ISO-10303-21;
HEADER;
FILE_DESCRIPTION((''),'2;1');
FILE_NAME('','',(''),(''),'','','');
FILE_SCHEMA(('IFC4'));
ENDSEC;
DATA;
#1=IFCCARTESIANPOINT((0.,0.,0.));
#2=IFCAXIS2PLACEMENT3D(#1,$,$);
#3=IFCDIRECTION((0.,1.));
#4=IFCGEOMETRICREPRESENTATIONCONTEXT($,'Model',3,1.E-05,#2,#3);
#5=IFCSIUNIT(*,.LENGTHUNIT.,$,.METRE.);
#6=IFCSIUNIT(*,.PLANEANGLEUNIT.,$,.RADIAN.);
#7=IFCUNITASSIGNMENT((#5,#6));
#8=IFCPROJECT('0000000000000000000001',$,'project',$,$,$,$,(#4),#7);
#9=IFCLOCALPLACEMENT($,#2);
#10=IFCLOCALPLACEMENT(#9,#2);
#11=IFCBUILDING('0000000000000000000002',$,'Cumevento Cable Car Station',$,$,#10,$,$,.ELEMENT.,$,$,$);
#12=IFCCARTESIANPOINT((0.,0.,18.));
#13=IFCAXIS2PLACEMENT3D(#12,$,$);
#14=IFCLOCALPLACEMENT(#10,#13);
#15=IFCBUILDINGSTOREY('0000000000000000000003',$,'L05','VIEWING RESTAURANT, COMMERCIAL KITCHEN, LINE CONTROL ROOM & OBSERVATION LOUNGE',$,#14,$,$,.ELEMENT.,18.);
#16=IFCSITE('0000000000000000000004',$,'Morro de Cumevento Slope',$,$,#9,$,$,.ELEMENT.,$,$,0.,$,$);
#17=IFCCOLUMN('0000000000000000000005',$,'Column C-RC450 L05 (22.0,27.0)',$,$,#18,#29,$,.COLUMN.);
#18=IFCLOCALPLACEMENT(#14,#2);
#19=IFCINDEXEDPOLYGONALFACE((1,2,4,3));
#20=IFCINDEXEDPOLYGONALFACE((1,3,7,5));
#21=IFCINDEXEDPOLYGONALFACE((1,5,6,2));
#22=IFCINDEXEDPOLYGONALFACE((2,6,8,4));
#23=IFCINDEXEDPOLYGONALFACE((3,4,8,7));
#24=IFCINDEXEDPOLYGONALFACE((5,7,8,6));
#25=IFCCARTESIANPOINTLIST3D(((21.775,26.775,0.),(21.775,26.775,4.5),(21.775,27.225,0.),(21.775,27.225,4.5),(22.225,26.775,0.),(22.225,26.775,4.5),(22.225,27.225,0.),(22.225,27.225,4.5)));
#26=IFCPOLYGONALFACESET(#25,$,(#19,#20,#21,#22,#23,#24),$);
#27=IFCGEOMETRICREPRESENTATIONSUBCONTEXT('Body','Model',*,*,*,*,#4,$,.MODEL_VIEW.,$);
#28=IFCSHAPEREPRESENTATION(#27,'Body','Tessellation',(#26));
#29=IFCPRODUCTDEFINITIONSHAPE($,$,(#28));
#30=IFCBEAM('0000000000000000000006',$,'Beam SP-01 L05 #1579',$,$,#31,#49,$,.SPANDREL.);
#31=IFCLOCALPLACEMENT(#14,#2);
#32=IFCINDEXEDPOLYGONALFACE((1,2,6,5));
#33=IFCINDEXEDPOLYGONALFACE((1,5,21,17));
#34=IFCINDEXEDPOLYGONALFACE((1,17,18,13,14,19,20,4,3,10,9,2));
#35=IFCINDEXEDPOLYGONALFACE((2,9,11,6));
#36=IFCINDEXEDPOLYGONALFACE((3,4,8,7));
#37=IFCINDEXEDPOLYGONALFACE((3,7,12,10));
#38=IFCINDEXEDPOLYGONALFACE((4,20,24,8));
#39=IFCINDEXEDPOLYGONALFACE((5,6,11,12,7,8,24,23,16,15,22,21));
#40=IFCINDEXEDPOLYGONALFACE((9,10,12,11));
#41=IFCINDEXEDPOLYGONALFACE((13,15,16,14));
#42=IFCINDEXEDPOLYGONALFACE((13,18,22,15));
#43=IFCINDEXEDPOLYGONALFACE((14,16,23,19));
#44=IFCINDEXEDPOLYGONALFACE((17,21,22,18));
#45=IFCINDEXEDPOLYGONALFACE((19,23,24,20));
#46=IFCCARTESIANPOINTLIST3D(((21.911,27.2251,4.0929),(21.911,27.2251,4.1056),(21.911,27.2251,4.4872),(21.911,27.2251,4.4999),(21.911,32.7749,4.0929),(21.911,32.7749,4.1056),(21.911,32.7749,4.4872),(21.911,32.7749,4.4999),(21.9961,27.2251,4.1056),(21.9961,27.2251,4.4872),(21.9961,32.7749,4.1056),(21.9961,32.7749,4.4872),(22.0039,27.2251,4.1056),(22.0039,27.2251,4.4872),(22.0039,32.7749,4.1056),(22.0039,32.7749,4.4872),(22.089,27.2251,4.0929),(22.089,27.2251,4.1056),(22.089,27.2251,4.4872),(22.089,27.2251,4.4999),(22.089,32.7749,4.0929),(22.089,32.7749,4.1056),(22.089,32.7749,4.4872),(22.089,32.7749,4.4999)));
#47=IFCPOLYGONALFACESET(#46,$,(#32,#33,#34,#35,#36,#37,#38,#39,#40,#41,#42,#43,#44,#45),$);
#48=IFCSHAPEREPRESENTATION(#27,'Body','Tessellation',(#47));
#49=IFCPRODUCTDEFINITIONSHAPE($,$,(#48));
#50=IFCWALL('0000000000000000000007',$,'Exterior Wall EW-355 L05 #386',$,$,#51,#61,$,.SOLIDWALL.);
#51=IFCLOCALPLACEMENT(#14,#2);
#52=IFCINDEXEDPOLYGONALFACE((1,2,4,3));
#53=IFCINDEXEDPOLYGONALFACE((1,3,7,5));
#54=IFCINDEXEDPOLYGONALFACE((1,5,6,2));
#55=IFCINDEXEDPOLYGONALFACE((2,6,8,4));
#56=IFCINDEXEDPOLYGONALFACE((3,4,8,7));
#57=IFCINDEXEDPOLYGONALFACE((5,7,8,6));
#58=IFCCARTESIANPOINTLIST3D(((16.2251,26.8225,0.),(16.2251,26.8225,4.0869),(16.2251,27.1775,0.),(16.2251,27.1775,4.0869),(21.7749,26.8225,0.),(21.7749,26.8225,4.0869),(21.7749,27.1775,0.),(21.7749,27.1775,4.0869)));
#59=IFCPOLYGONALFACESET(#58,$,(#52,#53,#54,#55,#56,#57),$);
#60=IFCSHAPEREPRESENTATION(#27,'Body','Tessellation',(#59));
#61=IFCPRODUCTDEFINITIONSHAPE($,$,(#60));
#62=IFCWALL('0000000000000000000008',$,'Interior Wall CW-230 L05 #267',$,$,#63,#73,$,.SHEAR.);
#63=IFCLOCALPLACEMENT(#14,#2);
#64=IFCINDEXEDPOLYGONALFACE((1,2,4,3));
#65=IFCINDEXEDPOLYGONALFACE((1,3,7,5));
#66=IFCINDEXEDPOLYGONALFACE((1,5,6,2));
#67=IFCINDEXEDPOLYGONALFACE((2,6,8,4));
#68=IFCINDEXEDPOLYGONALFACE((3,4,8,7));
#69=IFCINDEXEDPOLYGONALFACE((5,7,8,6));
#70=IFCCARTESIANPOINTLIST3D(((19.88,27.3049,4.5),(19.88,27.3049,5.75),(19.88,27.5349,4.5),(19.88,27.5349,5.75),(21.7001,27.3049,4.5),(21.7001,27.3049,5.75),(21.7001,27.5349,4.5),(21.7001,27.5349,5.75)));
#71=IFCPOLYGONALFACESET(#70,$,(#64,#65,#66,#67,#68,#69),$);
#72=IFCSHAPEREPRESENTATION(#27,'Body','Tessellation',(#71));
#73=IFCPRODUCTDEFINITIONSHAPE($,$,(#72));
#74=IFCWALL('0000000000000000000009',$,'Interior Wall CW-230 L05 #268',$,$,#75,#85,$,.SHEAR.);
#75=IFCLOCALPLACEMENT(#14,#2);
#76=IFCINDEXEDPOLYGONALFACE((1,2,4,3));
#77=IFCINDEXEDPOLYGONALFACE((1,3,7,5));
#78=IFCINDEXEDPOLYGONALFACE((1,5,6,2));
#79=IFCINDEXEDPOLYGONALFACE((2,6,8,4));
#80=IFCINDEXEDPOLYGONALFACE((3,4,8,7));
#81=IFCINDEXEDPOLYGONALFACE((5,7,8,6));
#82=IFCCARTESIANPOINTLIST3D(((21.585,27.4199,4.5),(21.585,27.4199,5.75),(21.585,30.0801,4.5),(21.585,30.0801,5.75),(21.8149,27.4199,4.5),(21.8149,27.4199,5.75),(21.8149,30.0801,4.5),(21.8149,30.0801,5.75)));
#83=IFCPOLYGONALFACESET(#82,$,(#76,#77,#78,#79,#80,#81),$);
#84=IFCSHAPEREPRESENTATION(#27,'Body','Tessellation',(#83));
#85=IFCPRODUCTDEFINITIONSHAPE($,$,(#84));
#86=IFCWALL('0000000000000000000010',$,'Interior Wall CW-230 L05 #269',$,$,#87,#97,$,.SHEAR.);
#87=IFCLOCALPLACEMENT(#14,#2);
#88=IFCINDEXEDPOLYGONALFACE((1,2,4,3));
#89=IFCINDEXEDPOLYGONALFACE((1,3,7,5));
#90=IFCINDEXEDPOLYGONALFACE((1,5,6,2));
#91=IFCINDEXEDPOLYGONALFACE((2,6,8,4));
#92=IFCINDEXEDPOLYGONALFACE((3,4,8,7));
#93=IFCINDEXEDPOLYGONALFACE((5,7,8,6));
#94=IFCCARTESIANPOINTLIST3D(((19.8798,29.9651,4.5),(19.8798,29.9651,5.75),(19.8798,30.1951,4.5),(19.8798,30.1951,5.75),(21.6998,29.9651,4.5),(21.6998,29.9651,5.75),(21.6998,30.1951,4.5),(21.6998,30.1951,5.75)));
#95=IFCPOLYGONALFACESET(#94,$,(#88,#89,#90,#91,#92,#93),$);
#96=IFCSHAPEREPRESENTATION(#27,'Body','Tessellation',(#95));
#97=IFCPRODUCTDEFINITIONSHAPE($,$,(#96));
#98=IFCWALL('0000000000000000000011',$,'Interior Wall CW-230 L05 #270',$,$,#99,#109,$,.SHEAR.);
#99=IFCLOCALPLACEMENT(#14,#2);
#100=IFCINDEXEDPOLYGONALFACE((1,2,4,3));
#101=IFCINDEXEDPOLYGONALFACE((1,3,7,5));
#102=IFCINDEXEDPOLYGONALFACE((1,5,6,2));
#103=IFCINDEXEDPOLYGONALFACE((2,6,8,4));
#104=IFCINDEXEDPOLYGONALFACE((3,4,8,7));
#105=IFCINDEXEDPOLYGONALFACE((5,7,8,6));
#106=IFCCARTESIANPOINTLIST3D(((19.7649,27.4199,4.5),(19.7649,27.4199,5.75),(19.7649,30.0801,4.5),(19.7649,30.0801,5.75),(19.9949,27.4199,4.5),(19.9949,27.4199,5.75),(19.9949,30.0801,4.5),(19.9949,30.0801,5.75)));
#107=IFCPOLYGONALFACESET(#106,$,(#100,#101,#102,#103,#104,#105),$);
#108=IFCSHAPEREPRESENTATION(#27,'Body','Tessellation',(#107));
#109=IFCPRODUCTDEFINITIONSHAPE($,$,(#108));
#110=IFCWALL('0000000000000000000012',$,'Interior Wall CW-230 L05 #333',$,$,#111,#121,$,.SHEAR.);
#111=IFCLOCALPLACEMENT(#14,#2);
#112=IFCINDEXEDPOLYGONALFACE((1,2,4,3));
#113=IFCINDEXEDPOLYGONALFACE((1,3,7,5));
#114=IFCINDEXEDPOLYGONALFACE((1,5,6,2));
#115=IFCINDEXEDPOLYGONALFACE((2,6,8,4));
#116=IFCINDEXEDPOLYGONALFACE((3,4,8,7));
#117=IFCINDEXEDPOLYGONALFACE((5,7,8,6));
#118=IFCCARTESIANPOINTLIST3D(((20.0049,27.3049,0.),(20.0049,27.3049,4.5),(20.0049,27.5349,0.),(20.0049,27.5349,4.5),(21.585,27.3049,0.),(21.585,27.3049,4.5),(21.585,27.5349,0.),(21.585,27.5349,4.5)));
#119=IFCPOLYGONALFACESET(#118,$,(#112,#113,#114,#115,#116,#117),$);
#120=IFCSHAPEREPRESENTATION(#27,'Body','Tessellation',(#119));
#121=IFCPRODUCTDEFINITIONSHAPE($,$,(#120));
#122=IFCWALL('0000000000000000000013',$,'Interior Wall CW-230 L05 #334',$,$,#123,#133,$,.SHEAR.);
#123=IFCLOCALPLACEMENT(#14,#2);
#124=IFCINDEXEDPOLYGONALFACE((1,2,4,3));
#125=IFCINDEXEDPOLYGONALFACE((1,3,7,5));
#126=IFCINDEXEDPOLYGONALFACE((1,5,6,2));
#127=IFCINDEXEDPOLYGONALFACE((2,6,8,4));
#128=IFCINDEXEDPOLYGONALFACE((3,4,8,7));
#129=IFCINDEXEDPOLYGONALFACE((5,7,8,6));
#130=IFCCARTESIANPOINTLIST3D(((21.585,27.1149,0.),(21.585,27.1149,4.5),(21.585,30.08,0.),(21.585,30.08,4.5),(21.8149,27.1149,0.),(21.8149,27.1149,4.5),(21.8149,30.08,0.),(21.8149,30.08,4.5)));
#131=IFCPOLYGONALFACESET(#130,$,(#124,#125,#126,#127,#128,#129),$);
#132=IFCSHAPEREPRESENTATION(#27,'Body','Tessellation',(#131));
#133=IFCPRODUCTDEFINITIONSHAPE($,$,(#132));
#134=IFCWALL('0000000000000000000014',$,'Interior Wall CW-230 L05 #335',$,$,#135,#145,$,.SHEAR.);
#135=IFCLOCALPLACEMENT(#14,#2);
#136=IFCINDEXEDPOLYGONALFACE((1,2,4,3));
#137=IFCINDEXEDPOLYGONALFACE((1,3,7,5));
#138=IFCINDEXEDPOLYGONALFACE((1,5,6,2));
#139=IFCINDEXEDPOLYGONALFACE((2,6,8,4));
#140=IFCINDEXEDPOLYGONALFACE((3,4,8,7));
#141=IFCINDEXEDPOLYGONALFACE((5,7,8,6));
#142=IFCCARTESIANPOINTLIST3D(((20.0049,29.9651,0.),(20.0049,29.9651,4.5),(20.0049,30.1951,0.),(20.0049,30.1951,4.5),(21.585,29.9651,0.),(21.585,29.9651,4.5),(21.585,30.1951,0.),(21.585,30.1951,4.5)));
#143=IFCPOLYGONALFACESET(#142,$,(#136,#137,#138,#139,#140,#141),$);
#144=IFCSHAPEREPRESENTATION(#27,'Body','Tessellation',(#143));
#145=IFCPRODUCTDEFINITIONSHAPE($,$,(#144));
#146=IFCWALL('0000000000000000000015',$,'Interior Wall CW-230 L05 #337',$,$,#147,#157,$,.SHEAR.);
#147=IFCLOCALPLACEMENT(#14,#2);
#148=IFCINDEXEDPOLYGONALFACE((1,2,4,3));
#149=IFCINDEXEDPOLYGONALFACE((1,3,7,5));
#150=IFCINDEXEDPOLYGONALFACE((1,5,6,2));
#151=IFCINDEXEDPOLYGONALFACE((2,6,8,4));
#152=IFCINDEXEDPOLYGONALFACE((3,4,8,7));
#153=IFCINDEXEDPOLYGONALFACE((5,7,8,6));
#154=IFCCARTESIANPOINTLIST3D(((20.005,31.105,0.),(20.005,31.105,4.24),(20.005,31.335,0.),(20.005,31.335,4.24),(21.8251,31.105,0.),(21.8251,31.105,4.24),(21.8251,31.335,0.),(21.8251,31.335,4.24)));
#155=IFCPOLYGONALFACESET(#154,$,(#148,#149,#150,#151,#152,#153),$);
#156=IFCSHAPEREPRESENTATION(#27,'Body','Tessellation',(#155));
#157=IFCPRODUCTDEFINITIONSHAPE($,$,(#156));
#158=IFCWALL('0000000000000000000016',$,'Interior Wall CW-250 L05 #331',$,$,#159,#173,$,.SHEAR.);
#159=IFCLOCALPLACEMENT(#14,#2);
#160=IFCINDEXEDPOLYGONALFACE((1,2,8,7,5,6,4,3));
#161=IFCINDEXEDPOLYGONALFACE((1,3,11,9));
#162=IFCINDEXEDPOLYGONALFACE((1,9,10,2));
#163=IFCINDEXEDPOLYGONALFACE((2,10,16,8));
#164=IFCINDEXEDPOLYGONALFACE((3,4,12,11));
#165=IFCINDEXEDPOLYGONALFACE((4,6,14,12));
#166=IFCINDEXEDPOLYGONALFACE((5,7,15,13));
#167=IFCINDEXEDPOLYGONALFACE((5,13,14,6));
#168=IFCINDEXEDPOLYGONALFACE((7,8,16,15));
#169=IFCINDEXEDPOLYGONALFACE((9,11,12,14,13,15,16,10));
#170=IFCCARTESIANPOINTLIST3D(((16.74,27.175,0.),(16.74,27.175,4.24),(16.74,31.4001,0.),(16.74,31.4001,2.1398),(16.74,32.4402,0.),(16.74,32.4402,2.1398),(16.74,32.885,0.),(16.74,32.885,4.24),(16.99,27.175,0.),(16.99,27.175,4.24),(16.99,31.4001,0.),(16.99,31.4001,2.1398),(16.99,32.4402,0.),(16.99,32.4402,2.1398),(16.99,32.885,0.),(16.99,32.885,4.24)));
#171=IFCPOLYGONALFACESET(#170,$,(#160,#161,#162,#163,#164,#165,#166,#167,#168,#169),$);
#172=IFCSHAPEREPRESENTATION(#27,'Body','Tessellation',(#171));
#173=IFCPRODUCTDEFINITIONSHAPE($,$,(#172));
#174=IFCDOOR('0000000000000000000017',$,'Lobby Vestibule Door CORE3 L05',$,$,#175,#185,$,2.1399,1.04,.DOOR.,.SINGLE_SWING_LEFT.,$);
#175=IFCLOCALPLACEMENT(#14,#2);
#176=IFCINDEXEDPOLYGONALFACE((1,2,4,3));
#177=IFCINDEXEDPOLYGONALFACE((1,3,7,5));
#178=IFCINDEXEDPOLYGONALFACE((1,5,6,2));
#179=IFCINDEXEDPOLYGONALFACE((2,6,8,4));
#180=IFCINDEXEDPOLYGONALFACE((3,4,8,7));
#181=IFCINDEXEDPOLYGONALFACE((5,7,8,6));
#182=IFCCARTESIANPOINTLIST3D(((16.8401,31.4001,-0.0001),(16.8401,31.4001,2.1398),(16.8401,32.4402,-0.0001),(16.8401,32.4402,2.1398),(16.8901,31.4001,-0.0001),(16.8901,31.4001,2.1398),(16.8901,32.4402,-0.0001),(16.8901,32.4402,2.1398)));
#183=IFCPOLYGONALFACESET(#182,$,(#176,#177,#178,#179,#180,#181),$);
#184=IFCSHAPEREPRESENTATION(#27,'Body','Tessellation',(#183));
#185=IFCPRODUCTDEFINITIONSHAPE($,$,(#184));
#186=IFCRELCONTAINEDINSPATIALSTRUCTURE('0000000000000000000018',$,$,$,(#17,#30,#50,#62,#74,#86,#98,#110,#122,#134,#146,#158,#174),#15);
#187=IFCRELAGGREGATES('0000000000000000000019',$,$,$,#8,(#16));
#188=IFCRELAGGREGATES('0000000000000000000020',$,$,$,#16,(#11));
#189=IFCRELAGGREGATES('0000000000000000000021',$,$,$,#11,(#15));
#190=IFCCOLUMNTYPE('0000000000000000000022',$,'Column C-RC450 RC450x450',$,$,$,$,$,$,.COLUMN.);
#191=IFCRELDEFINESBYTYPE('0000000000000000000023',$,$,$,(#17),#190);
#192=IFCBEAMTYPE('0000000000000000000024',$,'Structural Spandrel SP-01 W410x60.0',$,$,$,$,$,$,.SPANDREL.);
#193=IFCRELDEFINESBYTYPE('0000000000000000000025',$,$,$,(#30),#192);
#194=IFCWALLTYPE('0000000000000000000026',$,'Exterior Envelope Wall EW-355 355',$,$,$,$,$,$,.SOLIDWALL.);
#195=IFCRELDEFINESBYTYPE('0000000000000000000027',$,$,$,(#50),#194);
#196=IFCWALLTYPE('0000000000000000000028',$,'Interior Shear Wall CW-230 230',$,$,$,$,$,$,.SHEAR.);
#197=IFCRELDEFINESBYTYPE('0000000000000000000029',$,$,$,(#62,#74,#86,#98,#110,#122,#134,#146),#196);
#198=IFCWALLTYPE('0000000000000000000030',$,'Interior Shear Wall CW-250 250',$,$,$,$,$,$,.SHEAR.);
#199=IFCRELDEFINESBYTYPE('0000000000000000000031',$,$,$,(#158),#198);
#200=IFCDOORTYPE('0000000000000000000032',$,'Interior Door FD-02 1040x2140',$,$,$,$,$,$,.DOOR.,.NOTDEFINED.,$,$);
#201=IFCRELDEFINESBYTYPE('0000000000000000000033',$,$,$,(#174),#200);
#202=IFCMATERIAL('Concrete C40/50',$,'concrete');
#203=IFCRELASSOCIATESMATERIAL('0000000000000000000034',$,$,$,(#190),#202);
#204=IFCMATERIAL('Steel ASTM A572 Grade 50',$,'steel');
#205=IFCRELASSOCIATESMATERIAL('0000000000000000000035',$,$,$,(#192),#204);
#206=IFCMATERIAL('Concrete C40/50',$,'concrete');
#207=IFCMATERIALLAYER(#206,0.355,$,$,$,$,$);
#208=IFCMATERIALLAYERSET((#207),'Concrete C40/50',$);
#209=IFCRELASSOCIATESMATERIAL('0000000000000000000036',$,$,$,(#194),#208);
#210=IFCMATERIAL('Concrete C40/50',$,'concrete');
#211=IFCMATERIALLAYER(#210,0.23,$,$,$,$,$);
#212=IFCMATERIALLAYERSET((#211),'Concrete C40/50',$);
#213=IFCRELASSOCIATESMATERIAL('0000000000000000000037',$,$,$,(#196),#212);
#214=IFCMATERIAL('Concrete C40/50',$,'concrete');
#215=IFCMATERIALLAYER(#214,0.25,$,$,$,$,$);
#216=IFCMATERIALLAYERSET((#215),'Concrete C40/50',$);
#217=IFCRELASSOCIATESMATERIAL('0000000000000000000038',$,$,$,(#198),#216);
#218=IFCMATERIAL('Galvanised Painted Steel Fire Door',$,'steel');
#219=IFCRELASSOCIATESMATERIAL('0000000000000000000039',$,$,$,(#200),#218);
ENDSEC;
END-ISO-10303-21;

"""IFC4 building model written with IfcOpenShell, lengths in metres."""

from ifc_helpers import new_model, si_unit, direction, frame, frame_2d, origin, origin_2d, place, context, subcontext, project, spatial, rectangle, i_section, extrude, material, layer, layer_set, material_profile, profile_set, type_object, element, fill, save


model = new_model("IFC4")

# Units and contexts
model_context = context("Model", 3, precision=1e-05, world=origin(), true_north=direction((0.0, 1.0)))
body_context = subcontext(model_context, "Body", "Model", "MODEL_VIEW")
ifc_project = project(units=[si_unit("LENGTHUNIT", "METRE"), si_unit("PLANEANGLEUNIT", "RADIAN")], contexts=[model_context])

# Site, building, storey
site_placement = place(None, origin())
site = spatial("IfcSite", under=ifc_project, at=site_placement, Name="Morro de Cumevento Slope", CompositionType="ELEMENT", RefElevation=0.0)
building_placement = place(site_placement, origin())
building = spatial("IfcBuilding", under=site, at=building_placement, Name="Cumevento Cable Car Station", CompositionType="ELEMENT")
storey_placement = place(building_placement, frame((0.0, 0.0, 18.0)))
storey = spatial("IfcBuildingStorey", under=building, at=storey_placement, Name="L05", Description="VIEWING RESTAURANT, COMMERCIAL KITCHEN, LINE CONTROL ROOM & OBSERVATION LOUNGE", CompositionType="ELEMENT", Elevation=18.0)

# Column
ifc_material_1 = material(Name="Concrete C40/50", Category="concrete")
ifc_material_profile_1 = material_profile(ifc_material_1, rectangle(XDim=0.45, YDim=0.45, at=origin_2d()), Name="RC450x450")
ifc_profile_set_1 = profile_set([ifc_material_profile_1], Name="Concrete C40/50")
column_type = type_object("IfcColumnType", Name="Column C-RC450 RC450x450", PredefinedType="COLUMN", material=ifc_profile_set_1)
column_placement = place(storey_placement, frame((22.0, 27.0, 0.0), z_axis=(0.0, 0.0, 1.0), x_axis=(1.0, 0.0, 0.0)))
element("IfcColumn", 1, at=column_placement, inside=storey, type_object=column_type, Name="Column C-RC450 L05 (22.0,27.0)", PredefinedType="COLUMN", context=body_context, shape_type="SweptSolid", body=[
    extrude(rectangle(XDim=0.45, YDim=0.45, at=origin_2d()), origin(), (0.0, 0.0, 1.0), 4.5),
])

# Beam
ifc_material_2 = material(Name="Steel ASTM A572 Grade 50", Category="steel")
ifc_material_profile_2 = material_profile(ifc_material_2, i_section(OverallWidth=0.178, OverallDepth=0.407, WebThickness=0.0078, FlangeThickness=0.0127, at=origin_2d()), Name="W410x60.0")
ifc_profile_set_2 = profile_set([ifc_material_profile_2], Name="Steel ASTM A572 Grade 50")
beam_type = type_object("IfcBeamType", Name="Structural Spandrel SP-01 W410x60.0", PredefinedType="SPANDREL", material=ifc_profile_set_2)
beam_placement = place(storey_placement, frame((22.0, 27.2251, 4.2964), z_axis=(0.0, 1.0, 0.0), x_axis=(-1.0, 0.0, 0.0)))
element("IfcBeam", 2, at=beam_placement, inside=storey, type_object=beam_type, Name="Beam SP-01 L05 #1579", PredefinedType="SPANDREL", context=body_context, shape_type="SweptSolid", body=[
    extrude(i_section(OverallWidth=0.178, OverallDepth=0.407, WebThickness=0.0078, FlangeThickness=0.0127, at=origin_2d()), origin(), (0.0, 0.0, 1.0), 5.5498),
])

# Walls
ifc_material_3 = material(Name="Concrete C40/50", Category="concrete")
ifc_layer_1 = layer(ifc_material_3, 0.355)
ifc_layer_set_1 = layer_set([ifc_layer_1], Name="Concrete C40/50")
wall_type_1 = type_object("IfcWallType", Name="Exterior Envelope Wall EW-355 355", PredefinedType="SOLIDWALL", material=ifc_layer_set_1)
wall_1_placement = place(storey_placement, frame((21.7749, 27.0, 0.0), z_axis=(0.0, 0.0, 1.0), x_axis=(-1.0, 0.0, 0.0)))
element("IfcWall", 3, at=wall_1_placement, inside=storey, type_object=wall_type_1, Name="Exterior Wall EW-355 L05 #386", PredefinedType="SOLIDWALL", context=body_context, shape_type="SweptSolid", body=[
    extrude(rectangle(XDim=5.5498, YDim=0.355, at=frame_2d((2.7749, 0.0))), origin(), (0.0, 0.0, 1.0), 4.0869),
])
ifc_material_4 = material(Name="Concrete C40/50", Category="concrete")
ifc_layer_2 = layer(ifc_material_4, 0.23)
ifc_layer_set_2 = layer_set([ifc_layer_2], Name="Concrete C40/50")
wall_type_2 = type_object("IfcWallType", Name="Interior Shear Wall CW-230 230", PredefinedType="SHEAR", material=ifc_layer_set_2)
wall_2_placement = place(storey_placement, frame((19.8799, 27.4199, 4.5), z_axis=(0.0, 0.0, 1.0), x_axis=(1.0, 0.0, 0.0)))
element("IfcWall", 4, at=wall_2_placement, inside=storey, type_object=wall_type_2, Name="Interior Wall CW-230 L05 #267", PredefinedType="SHEAR", context=body_context, shape_type="SweptSolid", body=[
    extrude(rectangle(XDim=1.8201, YDim=0.23, at=frame_2d((0.9102, 0.0))), origin(), (0.0, 0.0, 1.0), 1.25),
])
wall_3_placement = place(storey_placement, frame((21.7, 27.4199, 4.5), z_axis=(0.0, 0.0, 1.0), x_axis=(0.0, 1.0, 0.0)))
element("IfcWall", 5, at=wall_3_placement, inside=storey, type_object=wall_type_2, Name="Interior Wall CW-230 L05 #268", PredefinedType="SHEAR", context=body_context, shape_type="SweptSolid", body=[
    extrude(rectangle(XDim=2.6602, YDim=0.23, at=frame_2d((1.3301, 0.0))), origin(), (0.0, 0.0, 1.0), 1.25),
])
wall_4_placement = place(storey_placement, frame((21.7, 30.0801, 4.5), z_axis=(0.0, 0.0, 1.0), x_axis=(-1.0, 0.0, 0.0)))
element("IfcWall", 6, at=wall_4_placement, inside=storey, type_object=wall_type_2, Name="Interior Wall CW-230 L05 #269", PredefinedType="SHEAR", context=body_context, shape_type="SweptSolid", body=[
    extrude(rectangle(XDim=1.8201, YDim=0.23, at=frame_2d((0.9102, 0.0))), origin(), (0.0, 0.0, 1.0), 1.25),
])
wall_5_placement = place(storey_placement, frame((19.8799, 30.0801, 4.5), z_axis=(0.0, 0.0, 1.0), x_axis=(0.0, -1.0, 0.0)))
element("IfcWall", 7, at=wall_5_placement, inside=storey, type_object=wall_type_2, Name="Interior Wall CW-230 L05 #270", PredefinedType="SHEAR", context=body_context, shape_type="SweptSolid", body=[
    extrude(rectangle(XDim=2.6602, YDim=0.23, at=frame_2d((1.3301, 0.0))), origin(), (0.0, 0.0, 1.0), 1.25),
])
wall_6_placement = place(storey_placement, frame((20.0049, 27.4199, 0.0), z_axis=(0.0, 0.0, 1.0), x_axis=(1.0, 0.0, 0.0)))
element("IfcWall", 8, at=wall_6_placement, inside=storey, type_object=wall_type_2, Name="Interior Wall CW-230 L05 #333", PredefinedType="SHEAR", context=body_context, shape_type="SweptSolid", body=[
    extrude(rectangle(XDim=1.5801, YDim=0.23, at=frame_2d((0.79, 0.0))), origin(), (0.0, 0.0, 1.0), 4.5),
])
wall_7_placement = place(storey_placement, frame((21.7, 27.115, 0.0), z_axis=(0.0, 0.0, 1.0), x_axis=(0.0, 1.0, 0.0)))
element("IfcWall", 9, at=wall_7_placement, inside=storey, type_object=wall_type_2, Name="Interior Wall CW-230 L05 #334", PredefinedType="SHEAR", context=body_context, shape_type="SweptSolid", body=[
    extrude(rectangle(XDim=2.9651, YDim=0.23, at=frame_2d((1.4824, 0.0))), origin(), (0.0, 0.0, 1.0), 4.5),
])
wall_8_placement = place(storey_placement, frame((20.0049, 30.0801, 0.0), z_axis=(0.0, 0.0, 1.0), x_axis=(1.0, 0.0, 0.0)))
element("IfcWall", 10, at=wall_8_placement, inside=storey, type_object=wall_type_2, Name="Interior Wall CW-230 L05 #335", PredefinedType="SHEAR", context=body_context, shape_type="SweptSolid", body=[
    extrude(rectangle(XDim=1.5801, YDim=0.23, at=frame_2d((0.79, 0.0))), origin(), (0.0, 0.0, 1.0), 4.5),
])
wall_9_placement = place(storey_placement, frame((20.0049, 31.22, 0.0), z_axis=(0.0, 0.0, 1.0), x_axis=(1.0, 0.0, 0.0)))
element("IfcWall", 11, at=wall_9_placement, inside=storey, type_object=wall_type_2, Name="Interior Wall CW-230 L05 #337", PredefinedType="SHEAR", context=body_context, shape_type="SweptSolid", body=[
    extrude(rectangle(XDim=1.8201, YDim=0.23, at=frame_2d((0.9102, 0.0))), origin(), (0.0, 0.0, 1.0), 4.24),
])

# Wall, opening, door
ifc_material_5 = material(Name="Concrete C40/50", Category="concrete")
ifc_layer_3 = layer(ifc_material_5, 0.25)
ifc_layer_set_3 = layer_set([ifc_layer_3], Name="Concrete C40/50")
wall_type_3 = type_object("IfcWallType", Name="Interior Shear Wall CW-250 250", PredefinedType="SHEAR", material=ifc_layer_set_3)
wall_10_placement = place(storey_placement, frame((16.865, 27.175, 0.0), z_axis=(0.0, 0.0, 1.0), x_axis=(0.0, 1.0, 0.0)))
wall_10 = element("IfcWall", 12, at=wall_10_placement, inside=storey, type_object=wall_type_3, Name="Interior Wall CW-250 L05 #331", PredefinedType="SHEAR", context=body_context, shape_type="SweptSolid", body=[
    extrude(rectangle(XDim=5.71, YDim=0.25, at=frame_2d((2.855, 0.0))), origin(), (0.0, 0.0, 1.0), 4.24),
])
opening_1_placement = place(wall_10_placement, frame((4.2251, 0.0, 0.0)))
opening_1 = element("IfcOpeningElement", 13, at=opening_1_placement, cuts=wall_10, PredefinedType="OPENING", context=body_context, shape_type="SweptSolid", body=[
    extrude(rectangle(XDim=1.04, YDim=2.1399, at=frame_2d((0.52, 1.0698))), frame((0.0, 0.135, 0.0), z_axis=(0.0, -1.0, 0.0), x_axis=(1.0, 0.0, 0.0)), (0.0, 0.0, 1.0), 0.27),
])
ifc_material_6 = material(Name="Galvanised Painted Steel Fire Door", Category="steel")
door_type_1 = type_object("IfcDoorType", Name="Interior Door FD-02 1040x2140", OperationType="NOTDEFINED", PredefinedType="DOOR", material=ifc_material_6)
door_1_placement = place(opening_1_placement, origin())
door_1 = element("IfcDoor", 14, at=door_1_placement, inside=storey, type_object=door_type_1, Name="Lobby Vestibule Door CORE3 L05", OperationType="SINGLE_SWING_LEFT", OverallHeight=2.1399, OverallWidth=1.04, PredefinedType="DOOR", context=body_context, shape_type="SweptSolid", body=[
    extrude(rectangle(XDim=1.04, YDim=2.1399, at=frame_2d((0.52, 1.0698))), frame((0.0, 0.0249, 0.0), z_axis=(0.0, -1.0, 0.0), x_axis=(1.0, 0.0, 0.0)), (0.0, 0.0, 1.0), 0.05),
])
fill(opening_1, door_1)

save(model, "model.ifc")
